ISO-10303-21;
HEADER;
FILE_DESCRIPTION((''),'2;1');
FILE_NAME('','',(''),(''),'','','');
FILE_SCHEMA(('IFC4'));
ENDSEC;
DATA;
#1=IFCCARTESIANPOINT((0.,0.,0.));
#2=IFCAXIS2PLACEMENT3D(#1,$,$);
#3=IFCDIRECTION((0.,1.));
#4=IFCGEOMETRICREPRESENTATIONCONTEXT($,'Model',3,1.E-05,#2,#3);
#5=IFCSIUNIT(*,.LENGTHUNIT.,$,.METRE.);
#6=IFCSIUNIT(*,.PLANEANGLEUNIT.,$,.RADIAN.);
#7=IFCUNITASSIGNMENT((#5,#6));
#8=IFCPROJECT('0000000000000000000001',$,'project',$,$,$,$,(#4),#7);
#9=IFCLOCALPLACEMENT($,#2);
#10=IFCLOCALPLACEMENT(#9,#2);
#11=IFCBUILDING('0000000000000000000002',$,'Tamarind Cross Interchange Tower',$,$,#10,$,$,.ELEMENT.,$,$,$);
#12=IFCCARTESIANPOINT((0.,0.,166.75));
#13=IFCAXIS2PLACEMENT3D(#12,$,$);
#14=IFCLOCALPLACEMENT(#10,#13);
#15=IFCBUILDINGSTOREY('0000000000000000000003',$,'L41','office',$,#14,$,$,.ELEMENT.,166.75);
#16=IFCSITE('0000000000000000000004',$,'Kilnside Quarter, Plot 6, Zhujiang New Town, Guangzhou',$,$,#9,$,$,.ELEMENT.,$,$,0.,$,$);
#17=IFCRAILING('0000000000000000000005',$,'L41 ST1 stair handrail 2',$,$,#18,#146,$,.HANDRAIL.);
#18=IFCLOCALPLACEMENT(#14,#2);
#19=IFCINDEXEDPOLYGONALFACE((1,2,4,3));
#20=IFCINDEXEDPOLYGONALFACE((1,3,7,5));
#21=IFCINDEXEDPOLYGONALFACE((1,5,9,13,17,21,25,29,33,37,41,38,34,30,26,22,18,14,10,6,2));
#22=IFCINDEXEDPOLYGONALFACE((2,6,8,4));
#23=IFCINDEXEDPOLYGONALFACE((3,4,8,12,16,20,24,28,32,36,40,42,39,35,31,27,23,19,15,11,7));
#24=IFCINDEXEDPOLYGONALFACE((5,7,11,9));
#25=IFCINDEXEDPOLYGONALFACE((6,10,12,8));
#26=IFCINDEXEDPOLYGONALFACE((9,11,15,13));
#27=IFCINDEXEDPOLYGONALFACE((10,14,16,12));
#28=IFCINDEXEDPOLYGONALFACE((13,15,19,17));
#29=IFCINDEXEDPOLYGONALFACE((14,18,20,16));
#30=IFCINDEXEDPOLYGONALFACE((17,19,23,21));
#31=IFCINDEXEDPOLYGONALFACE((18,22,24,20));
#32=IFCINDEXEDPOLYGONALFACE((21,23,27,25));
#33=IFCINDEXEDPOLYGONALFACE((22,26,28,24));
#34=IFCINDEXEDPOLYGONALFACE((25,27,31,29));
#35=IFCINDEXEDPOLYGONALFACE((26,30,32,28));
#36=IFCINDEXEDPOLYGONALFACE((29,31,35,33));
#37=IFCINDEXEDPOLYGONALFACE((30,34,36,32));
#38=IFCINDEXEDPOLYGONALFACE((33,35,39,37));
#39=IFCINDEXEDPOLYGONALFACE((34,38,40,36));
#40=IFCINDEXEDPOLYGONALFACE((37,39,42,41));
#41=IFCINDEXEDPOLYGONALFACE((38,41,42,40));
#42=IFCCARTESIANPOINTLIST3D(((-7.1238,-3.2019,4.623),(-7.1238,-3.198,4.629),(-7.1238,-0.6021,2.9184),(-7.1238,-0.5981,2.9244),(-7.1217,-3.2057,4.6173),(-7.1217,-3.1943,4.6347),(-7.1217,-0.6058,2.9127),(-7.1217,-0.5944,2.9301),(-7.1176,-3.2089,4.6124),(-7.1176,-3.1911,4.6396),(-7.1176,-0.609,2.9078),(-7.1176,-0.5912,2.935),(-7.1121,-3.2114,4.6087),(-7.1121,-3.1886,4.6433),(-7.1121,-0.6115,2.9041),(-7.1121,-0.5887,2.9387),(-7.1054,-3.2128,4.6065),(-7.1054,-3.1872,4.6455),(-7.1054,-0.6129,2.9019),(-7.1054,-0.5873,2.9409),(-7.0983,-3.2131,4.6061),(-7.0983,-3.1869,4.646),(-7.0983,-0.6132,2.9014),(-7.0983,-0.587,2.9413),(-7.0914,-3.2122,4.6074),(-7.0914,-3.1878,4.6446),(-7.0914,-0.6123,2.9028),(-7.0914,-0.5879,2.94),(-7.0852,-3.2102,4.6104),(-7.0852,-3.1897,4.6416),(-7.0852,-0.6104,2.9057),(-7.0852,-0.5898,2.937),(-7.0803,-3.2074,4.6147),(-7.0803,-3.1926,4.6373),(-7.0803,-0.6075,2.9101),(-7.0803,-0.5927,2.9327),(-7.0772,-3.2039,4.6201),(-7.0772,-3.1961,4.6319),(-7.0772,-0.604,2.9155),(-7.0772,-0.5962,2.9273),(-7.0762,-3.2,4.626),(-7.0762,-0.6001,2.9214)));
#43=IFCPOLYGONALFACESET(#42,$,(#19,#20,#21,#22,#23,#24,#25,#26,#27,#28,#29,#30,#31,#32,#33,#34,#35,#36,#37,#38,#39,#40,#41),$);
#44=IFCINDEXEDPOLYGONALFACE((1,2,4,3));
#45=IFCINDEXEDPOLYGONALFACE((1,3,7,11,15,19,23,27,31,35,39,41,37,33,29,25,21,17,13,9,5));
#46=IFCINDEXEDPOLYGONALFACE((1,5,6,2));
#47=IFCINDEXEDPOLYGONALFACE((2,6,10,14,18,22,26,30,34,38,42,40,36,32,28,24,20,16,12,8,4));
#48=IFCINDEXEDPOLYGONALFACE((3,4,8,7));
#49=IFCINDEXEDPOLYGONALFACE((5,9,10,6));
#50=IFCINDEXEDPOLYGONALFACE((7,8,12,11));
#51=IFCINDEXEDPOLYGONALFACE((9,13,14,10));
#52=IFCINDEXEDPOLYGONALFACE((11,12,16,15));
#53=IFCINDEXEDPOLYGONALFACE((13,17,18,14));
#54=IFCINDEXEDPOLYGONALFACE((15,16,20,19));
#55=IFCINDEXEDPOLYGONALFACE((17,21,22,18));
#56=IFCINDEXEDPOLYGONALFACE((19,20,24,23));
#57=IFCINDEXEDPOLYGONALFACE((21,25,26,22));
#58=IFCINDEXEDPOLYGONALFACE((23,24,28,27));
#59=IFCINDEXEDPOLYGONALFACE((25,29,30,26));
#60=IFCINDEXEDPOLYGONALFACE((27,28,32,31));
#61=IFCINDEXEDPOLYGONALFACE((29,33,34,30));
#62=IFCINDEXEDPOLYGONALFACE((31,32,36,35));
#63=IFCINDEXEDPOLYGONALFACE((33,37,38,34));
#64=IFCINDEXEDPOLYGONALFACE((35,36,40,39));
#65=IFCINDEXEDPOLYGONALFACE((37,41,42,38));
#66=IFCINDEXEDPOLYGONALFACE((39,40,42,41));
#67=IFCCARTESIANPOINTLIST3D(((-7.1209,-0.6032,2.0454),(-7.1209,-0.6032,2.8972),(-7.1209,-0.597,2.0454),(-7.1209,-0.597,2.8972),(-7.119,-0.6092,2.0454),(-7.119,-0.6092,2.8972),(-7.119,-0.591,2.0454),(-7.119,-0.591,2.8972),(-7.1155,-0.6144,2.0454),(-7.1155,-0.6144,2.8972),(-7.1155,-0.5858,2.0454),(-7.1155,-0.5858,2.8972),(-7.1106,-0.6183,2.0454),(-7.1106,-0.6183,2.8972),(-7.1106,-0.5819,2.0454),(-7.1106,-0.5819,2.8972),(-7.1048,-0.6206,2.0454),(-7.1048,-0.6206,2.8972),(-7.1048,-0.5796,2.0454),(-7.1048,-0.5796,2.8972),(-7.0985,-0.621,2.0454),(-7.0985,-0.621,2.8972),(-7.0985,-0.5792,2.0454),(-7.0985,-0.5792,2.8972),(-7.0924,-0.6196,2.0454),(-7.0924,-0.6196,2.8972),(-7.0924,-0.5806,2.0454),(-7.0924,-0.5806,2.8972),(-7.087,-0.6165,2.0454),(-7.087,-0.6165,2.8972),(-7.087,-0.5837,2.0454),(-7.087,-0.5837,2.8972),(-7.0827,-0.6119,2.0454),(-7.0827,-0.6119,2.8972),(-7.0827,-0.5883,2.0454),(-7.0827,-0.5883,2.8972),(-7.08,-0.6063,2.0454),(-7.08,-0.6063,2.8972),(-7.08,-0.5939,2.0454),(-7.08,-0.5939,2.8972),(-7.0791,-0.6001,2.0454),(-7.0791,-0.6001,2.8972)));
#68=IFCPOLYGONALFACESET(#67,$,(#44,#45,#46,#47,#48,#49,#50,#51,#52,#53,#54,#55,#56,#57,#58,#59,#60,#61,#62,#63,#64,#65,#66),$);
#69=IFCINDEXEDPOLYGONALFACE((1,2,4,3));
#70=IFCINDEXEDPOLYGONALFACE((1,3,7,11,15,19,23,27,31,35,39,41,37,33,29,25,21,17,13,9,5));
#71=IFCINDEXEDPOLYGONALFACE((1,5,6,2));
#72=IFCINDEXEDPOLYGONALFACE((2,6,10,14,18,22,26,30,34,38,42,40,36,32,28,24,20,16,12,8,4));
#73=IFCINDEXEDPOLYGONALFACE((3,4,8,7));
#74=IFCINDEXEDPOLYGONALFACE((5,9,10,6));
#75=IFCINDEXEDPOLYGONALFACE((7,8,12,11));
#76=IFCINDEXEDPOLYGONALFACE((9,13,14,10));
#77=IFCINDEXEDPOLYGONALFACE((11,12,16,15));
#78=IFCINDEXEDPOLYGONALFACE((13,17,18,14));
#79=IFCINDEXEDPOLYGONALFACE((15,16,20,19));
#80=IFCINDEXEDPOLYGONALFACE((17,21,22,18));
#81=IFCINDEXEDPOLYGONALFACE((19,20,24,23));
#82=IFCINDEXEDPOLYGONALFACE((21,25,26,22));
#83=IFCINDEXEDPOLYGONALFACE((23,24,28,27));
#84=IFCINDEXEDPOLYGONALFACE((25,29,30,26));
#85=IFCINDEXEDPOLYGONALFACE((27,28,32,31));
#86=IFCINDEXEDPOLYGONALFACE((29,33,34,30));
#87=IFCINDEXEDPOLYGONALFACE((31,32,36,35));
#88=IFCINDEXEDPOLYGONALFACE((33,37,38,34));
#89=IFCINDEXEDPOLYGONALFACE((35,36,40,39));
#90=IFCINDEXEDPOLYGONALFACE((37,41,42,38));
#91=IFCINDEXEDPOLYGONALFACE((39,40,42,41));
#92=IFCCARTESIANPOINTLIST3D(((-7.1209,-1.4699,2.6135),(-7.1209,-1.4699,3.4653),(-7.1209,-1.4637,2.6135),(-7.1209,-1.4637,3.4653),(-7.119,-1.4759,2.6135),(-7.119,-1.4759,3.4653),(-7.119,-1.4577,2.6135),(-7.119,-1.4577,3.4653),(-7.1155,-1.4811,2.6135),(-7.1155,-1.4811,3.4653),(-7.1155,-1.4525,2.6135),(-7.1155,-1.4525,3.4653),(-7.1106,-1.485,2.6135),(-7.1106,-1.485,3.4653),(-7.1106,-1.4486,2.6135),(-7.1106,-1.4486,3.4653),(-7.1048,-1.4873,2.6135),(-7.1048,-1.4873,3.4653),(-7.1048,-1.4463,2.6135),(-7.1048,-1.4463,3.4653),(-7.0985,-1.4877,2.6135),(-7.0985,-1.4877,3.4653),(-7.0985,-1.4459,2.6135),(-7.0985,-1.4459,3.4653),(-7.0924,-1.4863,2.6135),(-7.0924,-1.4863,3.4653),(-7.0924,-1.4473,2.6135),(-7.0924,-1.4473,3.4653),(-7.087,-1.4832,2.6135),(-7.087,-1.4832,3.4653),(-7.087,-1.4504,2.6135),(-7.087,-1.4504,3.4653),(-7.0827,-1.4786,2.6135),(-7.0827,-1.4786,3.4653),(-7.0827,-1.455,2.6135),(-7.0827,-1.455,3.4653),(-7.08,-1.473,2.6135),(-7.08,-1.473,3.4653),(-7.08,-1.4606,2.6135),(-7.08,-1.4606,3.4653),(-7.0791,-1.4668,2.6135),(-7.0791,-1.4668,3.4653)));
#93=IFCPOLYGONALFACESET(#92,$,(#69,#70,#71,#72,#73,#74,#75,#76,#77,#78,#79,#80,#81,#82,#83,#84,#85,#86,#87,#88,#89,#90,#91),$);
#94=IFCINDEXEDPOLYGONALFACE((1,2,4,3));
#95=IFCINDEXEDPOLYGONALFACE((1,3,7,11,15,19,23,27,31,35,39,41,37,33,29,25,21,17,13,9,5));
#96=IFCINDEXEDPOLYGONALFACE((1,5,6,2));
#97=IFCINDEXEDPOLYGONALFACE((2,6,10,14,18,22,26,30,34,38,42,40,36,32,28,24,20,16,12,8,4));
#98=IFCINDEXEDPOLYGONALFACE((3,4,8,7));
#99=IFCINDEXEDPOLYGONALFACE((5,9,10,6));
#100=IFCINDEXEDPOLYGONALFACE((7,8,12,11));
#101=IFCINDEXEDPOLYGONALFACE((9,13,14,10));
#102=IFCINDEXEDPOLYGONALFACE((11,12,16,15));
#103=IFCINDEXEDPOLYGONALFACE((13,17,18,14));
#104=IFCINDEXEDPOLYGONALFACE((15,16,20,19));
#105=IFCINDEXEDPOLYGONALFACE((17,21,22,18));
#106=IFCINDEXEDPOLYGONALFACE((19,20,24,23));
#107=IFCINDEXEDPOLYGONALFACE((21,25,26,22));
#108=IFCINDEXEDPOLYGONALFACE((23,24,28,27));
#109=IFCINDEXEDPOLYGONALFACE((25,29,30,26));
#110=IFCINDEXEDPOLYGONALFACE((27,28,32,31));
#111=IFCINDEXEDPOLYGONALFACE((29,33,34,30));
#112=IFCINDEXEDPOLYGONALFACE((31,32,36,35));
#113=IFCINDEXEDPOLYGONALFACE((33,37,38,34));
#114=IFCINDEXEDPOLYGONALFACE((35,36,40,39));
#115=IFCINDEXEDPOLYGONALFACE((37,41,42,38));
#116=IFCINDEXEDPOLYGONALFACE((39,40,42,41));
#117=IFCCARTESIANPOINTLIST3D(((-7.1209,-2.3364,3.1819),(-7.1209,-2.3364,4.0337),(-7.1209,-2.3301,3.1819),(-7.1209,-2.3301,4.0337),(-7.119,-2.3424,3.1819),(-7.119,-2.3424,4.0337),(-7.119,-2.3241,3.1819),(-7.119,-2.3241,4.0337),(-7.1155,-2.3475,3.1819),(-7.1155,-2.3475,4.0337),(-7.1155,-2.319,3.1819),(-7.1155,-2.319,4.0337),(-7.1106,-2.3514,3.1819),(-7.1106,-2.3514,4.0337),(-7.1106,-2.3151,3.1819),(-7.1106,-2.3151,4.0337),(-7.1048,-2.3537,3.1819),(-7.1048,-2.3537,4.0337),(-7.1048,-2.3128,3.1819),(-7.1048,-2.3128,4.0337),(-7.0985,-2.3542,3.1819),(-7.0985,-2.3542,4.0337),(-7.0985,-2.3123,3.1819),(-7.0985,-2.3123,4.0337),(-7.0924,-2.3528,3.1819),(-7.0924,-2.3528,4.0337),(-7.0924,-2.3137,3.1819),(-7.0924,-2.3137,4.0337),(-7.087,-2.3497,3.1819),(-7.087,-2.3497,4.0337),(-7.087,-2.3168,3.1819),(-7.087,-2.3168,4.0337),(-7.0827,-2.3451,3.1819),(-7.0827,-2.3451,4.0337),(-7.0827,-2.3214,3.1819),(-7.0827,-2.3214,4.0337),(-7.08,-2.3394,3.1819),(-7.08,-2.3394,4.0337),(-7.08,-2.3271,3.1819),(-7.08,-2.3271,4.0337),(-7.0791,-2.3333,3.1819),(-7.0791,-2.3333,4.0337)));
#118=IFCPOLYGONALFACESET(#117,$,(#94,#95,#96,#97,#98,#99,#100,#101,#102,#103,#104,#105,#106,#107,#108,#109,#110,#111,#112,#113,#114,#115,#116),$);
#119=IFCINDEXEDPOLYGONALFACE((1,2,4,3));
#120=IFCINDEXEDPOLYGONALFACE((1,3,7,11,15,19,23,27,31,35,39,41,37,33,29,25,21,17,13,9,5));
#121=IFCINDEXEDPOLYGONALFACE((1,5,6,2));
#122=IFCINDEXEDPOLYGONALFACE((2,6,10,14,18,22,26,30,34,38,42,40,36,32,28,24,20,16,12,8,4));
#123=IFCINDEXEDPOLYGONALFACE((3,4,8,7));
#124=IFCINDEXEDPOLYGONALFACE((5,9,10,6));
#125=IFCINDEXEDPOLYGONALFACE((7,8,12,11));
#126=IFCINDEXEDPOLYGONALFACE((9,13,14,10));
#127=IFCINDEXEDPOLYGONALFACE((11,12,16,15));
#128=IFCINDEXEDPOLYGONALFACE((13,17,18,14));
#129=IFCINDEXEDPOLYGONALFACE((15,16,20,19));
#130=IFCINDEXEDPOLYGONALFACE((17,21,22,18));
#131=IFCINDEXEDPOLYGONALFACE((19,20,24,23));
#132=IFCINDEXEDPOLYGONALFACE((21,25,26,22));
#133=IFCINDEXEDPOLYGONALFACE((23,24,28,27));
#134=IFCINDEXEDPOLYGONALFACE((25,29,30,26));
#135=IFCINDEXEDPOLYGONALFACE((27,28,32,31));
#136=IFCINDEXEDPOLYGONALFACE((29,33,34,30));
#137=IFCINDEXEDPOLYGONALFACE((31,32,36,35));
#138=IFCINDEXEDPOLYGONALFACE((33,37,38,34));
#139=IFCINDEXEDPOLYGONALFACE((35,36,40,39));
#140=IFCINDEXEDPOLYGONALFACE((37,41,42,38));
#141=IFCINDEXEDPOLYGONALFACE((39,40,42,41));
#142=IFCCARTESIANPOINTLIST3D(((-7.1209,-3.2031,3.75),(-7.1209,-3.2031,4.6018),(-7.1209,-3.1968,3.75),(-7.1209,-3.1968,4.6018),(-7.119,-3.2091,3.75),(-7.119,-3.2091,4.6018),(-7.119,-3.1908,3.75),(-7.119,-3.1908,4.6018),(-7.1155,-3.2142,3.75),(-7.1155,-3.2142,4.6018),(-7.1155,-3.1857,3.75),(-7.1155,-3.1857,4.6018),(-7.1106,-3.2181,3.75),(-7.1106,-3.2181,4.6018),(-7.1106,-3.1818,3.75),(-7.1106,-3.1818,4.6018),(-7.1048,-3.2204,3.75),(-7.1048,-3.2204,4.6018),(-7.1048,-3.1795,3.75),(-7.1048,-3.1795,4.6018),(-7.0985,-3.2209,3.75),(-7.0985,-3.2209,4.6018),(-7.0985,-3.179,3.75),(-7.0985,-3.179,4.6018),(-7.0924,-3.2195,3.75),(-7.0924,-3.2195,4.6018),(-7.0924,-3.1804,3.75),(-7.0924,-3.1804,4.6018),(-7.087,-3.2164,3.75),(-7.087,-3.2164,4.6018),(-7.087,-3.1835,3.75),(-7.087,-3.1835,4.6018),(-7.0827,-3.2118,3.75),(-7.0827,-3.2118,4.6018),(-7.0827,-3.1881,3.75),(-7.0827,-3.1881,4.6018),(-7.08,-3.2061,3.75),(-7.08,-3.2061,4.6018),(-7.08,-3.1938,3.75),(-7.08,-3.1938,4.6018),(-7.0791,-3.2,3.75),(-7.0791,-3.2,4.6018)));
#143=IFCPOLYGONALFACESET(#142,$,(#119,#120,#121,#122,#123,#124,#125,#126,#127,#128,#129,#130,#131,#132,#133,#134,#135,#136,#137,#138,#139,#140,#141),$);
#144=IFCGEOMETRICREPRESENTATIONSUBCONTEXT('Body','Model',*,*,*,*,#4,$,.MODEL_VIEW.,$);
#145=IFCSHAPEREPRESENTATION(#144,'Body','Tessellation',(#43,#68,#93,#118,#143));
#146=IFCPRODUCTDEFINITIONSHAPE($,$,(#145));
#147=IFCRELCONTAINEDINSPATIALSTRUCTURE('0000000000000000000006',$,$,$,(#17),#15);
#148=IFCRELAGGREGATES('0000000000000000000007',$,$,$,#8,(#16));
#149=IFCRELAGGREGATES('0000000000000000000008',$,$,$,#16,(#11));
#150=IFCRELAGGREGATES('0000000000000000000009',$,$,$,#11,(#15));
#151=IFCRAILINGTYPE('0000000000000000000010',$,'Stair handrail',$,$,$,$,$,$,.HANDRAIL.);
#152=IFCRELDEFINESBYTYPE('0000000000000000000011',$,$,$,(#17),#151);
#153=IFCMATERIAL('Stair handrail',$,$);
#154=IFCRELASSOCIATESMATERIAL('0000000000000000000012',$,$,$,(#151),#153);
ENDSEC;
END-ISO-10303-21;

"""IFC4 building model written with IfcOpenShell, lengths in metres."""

from ifc_helpers import new_model, si_unit, direction, frame, origin, origin_2d, place, context, subcontext, project, spatial, circle, extrude, material, type_object, element, save


model = new_model("IFC4")

# Units and contexts
model_context = context("Model", 3, precision=1e-05, world=origin(), true_north=direction((0.0, 1.0)))
body_context = subcontext(model_context, "Body", "Model", "MODEL_VIEW")
ifc_project = project(units=[si_unit("LENGTHUNIT", "METRE"), si_unit("PLANEANGLEUNIT", "RADIAN")], contexts=[model_context])

# Site, building, storey
site_placement = place(None, origin())
site = spatial("IfcSite", under=ifc_project, at=site_placement, Name="Kilnside Quarter, Plot 6, Zhujiang New Town, Guangzhou", CompositionType="ELEMENT", RefElevation=0.0)
building_placement = place(site_placement, origin())
building = spatial("IfcBuilding", under=site, at=building_placement, Name="Tamarind Cross Interchange Tower", CompositionType="ELEMENT")
storey_placement = place(building_placement, frame((0.0, 0.0, 166.75)))
storey = spatial("IfcBuildingStorey", under=building, at=storey_placement, Name="L41", Description="office", CompositionType="ELEMENT", Elevation=166.75)

# Railing
ifc_material_1 = material(Name="Stair handrail")
railing_type_1 = type_object("IfcRailingType", Name="Stair handrail", PredefinedType="HANDRAIL", material=ifc_material_1)
railing_1_placement = place(storey_placement, frame((-7.1001, -0.6001, 2.0454)))
element("IfcRailing", 1, at=railing_1_placement, inside=storey, type_object=railing_type_1, Name="L41 ST1 stair handrail 2", PredefinedType="HANDRAIL", context=body_context, shape_type="SweptSolid", body=[
    extrude(circle(Radius=0.0239, at=origin_2d()), frame((0.0, 0.0, 0.876), z_axis=(0.0, -0.836279, 0.548305), x_axis=(1.0, 0.0, 0.0)), (0.0, 0.0, 1.0), 3.1089),
    extrude(circle(Radius=0.021, at=origin_2d()), origin(), (0.0, 0.0, 1.0), 0.8518),
    extrude(circle(Radius=0.021, at=origin_2d()), frame((0.0, -0.8667, 0.5681)), (0.0, 0.0, 1.0), 0.8518),
    extrude(circle(Radius=0.021, at=origin_2d()), frame((0.0, -1.7332, 1.1365)), (0.0, 0.0, 1.0), 0.8518),
    extrude(circle(Radius=0.021, at=origin_2d()), frame((0.0, -2.5999, 1.7046)), (0.0, 0.0, 1.0), 0.8518),
])

save(model, "model.ifc")
